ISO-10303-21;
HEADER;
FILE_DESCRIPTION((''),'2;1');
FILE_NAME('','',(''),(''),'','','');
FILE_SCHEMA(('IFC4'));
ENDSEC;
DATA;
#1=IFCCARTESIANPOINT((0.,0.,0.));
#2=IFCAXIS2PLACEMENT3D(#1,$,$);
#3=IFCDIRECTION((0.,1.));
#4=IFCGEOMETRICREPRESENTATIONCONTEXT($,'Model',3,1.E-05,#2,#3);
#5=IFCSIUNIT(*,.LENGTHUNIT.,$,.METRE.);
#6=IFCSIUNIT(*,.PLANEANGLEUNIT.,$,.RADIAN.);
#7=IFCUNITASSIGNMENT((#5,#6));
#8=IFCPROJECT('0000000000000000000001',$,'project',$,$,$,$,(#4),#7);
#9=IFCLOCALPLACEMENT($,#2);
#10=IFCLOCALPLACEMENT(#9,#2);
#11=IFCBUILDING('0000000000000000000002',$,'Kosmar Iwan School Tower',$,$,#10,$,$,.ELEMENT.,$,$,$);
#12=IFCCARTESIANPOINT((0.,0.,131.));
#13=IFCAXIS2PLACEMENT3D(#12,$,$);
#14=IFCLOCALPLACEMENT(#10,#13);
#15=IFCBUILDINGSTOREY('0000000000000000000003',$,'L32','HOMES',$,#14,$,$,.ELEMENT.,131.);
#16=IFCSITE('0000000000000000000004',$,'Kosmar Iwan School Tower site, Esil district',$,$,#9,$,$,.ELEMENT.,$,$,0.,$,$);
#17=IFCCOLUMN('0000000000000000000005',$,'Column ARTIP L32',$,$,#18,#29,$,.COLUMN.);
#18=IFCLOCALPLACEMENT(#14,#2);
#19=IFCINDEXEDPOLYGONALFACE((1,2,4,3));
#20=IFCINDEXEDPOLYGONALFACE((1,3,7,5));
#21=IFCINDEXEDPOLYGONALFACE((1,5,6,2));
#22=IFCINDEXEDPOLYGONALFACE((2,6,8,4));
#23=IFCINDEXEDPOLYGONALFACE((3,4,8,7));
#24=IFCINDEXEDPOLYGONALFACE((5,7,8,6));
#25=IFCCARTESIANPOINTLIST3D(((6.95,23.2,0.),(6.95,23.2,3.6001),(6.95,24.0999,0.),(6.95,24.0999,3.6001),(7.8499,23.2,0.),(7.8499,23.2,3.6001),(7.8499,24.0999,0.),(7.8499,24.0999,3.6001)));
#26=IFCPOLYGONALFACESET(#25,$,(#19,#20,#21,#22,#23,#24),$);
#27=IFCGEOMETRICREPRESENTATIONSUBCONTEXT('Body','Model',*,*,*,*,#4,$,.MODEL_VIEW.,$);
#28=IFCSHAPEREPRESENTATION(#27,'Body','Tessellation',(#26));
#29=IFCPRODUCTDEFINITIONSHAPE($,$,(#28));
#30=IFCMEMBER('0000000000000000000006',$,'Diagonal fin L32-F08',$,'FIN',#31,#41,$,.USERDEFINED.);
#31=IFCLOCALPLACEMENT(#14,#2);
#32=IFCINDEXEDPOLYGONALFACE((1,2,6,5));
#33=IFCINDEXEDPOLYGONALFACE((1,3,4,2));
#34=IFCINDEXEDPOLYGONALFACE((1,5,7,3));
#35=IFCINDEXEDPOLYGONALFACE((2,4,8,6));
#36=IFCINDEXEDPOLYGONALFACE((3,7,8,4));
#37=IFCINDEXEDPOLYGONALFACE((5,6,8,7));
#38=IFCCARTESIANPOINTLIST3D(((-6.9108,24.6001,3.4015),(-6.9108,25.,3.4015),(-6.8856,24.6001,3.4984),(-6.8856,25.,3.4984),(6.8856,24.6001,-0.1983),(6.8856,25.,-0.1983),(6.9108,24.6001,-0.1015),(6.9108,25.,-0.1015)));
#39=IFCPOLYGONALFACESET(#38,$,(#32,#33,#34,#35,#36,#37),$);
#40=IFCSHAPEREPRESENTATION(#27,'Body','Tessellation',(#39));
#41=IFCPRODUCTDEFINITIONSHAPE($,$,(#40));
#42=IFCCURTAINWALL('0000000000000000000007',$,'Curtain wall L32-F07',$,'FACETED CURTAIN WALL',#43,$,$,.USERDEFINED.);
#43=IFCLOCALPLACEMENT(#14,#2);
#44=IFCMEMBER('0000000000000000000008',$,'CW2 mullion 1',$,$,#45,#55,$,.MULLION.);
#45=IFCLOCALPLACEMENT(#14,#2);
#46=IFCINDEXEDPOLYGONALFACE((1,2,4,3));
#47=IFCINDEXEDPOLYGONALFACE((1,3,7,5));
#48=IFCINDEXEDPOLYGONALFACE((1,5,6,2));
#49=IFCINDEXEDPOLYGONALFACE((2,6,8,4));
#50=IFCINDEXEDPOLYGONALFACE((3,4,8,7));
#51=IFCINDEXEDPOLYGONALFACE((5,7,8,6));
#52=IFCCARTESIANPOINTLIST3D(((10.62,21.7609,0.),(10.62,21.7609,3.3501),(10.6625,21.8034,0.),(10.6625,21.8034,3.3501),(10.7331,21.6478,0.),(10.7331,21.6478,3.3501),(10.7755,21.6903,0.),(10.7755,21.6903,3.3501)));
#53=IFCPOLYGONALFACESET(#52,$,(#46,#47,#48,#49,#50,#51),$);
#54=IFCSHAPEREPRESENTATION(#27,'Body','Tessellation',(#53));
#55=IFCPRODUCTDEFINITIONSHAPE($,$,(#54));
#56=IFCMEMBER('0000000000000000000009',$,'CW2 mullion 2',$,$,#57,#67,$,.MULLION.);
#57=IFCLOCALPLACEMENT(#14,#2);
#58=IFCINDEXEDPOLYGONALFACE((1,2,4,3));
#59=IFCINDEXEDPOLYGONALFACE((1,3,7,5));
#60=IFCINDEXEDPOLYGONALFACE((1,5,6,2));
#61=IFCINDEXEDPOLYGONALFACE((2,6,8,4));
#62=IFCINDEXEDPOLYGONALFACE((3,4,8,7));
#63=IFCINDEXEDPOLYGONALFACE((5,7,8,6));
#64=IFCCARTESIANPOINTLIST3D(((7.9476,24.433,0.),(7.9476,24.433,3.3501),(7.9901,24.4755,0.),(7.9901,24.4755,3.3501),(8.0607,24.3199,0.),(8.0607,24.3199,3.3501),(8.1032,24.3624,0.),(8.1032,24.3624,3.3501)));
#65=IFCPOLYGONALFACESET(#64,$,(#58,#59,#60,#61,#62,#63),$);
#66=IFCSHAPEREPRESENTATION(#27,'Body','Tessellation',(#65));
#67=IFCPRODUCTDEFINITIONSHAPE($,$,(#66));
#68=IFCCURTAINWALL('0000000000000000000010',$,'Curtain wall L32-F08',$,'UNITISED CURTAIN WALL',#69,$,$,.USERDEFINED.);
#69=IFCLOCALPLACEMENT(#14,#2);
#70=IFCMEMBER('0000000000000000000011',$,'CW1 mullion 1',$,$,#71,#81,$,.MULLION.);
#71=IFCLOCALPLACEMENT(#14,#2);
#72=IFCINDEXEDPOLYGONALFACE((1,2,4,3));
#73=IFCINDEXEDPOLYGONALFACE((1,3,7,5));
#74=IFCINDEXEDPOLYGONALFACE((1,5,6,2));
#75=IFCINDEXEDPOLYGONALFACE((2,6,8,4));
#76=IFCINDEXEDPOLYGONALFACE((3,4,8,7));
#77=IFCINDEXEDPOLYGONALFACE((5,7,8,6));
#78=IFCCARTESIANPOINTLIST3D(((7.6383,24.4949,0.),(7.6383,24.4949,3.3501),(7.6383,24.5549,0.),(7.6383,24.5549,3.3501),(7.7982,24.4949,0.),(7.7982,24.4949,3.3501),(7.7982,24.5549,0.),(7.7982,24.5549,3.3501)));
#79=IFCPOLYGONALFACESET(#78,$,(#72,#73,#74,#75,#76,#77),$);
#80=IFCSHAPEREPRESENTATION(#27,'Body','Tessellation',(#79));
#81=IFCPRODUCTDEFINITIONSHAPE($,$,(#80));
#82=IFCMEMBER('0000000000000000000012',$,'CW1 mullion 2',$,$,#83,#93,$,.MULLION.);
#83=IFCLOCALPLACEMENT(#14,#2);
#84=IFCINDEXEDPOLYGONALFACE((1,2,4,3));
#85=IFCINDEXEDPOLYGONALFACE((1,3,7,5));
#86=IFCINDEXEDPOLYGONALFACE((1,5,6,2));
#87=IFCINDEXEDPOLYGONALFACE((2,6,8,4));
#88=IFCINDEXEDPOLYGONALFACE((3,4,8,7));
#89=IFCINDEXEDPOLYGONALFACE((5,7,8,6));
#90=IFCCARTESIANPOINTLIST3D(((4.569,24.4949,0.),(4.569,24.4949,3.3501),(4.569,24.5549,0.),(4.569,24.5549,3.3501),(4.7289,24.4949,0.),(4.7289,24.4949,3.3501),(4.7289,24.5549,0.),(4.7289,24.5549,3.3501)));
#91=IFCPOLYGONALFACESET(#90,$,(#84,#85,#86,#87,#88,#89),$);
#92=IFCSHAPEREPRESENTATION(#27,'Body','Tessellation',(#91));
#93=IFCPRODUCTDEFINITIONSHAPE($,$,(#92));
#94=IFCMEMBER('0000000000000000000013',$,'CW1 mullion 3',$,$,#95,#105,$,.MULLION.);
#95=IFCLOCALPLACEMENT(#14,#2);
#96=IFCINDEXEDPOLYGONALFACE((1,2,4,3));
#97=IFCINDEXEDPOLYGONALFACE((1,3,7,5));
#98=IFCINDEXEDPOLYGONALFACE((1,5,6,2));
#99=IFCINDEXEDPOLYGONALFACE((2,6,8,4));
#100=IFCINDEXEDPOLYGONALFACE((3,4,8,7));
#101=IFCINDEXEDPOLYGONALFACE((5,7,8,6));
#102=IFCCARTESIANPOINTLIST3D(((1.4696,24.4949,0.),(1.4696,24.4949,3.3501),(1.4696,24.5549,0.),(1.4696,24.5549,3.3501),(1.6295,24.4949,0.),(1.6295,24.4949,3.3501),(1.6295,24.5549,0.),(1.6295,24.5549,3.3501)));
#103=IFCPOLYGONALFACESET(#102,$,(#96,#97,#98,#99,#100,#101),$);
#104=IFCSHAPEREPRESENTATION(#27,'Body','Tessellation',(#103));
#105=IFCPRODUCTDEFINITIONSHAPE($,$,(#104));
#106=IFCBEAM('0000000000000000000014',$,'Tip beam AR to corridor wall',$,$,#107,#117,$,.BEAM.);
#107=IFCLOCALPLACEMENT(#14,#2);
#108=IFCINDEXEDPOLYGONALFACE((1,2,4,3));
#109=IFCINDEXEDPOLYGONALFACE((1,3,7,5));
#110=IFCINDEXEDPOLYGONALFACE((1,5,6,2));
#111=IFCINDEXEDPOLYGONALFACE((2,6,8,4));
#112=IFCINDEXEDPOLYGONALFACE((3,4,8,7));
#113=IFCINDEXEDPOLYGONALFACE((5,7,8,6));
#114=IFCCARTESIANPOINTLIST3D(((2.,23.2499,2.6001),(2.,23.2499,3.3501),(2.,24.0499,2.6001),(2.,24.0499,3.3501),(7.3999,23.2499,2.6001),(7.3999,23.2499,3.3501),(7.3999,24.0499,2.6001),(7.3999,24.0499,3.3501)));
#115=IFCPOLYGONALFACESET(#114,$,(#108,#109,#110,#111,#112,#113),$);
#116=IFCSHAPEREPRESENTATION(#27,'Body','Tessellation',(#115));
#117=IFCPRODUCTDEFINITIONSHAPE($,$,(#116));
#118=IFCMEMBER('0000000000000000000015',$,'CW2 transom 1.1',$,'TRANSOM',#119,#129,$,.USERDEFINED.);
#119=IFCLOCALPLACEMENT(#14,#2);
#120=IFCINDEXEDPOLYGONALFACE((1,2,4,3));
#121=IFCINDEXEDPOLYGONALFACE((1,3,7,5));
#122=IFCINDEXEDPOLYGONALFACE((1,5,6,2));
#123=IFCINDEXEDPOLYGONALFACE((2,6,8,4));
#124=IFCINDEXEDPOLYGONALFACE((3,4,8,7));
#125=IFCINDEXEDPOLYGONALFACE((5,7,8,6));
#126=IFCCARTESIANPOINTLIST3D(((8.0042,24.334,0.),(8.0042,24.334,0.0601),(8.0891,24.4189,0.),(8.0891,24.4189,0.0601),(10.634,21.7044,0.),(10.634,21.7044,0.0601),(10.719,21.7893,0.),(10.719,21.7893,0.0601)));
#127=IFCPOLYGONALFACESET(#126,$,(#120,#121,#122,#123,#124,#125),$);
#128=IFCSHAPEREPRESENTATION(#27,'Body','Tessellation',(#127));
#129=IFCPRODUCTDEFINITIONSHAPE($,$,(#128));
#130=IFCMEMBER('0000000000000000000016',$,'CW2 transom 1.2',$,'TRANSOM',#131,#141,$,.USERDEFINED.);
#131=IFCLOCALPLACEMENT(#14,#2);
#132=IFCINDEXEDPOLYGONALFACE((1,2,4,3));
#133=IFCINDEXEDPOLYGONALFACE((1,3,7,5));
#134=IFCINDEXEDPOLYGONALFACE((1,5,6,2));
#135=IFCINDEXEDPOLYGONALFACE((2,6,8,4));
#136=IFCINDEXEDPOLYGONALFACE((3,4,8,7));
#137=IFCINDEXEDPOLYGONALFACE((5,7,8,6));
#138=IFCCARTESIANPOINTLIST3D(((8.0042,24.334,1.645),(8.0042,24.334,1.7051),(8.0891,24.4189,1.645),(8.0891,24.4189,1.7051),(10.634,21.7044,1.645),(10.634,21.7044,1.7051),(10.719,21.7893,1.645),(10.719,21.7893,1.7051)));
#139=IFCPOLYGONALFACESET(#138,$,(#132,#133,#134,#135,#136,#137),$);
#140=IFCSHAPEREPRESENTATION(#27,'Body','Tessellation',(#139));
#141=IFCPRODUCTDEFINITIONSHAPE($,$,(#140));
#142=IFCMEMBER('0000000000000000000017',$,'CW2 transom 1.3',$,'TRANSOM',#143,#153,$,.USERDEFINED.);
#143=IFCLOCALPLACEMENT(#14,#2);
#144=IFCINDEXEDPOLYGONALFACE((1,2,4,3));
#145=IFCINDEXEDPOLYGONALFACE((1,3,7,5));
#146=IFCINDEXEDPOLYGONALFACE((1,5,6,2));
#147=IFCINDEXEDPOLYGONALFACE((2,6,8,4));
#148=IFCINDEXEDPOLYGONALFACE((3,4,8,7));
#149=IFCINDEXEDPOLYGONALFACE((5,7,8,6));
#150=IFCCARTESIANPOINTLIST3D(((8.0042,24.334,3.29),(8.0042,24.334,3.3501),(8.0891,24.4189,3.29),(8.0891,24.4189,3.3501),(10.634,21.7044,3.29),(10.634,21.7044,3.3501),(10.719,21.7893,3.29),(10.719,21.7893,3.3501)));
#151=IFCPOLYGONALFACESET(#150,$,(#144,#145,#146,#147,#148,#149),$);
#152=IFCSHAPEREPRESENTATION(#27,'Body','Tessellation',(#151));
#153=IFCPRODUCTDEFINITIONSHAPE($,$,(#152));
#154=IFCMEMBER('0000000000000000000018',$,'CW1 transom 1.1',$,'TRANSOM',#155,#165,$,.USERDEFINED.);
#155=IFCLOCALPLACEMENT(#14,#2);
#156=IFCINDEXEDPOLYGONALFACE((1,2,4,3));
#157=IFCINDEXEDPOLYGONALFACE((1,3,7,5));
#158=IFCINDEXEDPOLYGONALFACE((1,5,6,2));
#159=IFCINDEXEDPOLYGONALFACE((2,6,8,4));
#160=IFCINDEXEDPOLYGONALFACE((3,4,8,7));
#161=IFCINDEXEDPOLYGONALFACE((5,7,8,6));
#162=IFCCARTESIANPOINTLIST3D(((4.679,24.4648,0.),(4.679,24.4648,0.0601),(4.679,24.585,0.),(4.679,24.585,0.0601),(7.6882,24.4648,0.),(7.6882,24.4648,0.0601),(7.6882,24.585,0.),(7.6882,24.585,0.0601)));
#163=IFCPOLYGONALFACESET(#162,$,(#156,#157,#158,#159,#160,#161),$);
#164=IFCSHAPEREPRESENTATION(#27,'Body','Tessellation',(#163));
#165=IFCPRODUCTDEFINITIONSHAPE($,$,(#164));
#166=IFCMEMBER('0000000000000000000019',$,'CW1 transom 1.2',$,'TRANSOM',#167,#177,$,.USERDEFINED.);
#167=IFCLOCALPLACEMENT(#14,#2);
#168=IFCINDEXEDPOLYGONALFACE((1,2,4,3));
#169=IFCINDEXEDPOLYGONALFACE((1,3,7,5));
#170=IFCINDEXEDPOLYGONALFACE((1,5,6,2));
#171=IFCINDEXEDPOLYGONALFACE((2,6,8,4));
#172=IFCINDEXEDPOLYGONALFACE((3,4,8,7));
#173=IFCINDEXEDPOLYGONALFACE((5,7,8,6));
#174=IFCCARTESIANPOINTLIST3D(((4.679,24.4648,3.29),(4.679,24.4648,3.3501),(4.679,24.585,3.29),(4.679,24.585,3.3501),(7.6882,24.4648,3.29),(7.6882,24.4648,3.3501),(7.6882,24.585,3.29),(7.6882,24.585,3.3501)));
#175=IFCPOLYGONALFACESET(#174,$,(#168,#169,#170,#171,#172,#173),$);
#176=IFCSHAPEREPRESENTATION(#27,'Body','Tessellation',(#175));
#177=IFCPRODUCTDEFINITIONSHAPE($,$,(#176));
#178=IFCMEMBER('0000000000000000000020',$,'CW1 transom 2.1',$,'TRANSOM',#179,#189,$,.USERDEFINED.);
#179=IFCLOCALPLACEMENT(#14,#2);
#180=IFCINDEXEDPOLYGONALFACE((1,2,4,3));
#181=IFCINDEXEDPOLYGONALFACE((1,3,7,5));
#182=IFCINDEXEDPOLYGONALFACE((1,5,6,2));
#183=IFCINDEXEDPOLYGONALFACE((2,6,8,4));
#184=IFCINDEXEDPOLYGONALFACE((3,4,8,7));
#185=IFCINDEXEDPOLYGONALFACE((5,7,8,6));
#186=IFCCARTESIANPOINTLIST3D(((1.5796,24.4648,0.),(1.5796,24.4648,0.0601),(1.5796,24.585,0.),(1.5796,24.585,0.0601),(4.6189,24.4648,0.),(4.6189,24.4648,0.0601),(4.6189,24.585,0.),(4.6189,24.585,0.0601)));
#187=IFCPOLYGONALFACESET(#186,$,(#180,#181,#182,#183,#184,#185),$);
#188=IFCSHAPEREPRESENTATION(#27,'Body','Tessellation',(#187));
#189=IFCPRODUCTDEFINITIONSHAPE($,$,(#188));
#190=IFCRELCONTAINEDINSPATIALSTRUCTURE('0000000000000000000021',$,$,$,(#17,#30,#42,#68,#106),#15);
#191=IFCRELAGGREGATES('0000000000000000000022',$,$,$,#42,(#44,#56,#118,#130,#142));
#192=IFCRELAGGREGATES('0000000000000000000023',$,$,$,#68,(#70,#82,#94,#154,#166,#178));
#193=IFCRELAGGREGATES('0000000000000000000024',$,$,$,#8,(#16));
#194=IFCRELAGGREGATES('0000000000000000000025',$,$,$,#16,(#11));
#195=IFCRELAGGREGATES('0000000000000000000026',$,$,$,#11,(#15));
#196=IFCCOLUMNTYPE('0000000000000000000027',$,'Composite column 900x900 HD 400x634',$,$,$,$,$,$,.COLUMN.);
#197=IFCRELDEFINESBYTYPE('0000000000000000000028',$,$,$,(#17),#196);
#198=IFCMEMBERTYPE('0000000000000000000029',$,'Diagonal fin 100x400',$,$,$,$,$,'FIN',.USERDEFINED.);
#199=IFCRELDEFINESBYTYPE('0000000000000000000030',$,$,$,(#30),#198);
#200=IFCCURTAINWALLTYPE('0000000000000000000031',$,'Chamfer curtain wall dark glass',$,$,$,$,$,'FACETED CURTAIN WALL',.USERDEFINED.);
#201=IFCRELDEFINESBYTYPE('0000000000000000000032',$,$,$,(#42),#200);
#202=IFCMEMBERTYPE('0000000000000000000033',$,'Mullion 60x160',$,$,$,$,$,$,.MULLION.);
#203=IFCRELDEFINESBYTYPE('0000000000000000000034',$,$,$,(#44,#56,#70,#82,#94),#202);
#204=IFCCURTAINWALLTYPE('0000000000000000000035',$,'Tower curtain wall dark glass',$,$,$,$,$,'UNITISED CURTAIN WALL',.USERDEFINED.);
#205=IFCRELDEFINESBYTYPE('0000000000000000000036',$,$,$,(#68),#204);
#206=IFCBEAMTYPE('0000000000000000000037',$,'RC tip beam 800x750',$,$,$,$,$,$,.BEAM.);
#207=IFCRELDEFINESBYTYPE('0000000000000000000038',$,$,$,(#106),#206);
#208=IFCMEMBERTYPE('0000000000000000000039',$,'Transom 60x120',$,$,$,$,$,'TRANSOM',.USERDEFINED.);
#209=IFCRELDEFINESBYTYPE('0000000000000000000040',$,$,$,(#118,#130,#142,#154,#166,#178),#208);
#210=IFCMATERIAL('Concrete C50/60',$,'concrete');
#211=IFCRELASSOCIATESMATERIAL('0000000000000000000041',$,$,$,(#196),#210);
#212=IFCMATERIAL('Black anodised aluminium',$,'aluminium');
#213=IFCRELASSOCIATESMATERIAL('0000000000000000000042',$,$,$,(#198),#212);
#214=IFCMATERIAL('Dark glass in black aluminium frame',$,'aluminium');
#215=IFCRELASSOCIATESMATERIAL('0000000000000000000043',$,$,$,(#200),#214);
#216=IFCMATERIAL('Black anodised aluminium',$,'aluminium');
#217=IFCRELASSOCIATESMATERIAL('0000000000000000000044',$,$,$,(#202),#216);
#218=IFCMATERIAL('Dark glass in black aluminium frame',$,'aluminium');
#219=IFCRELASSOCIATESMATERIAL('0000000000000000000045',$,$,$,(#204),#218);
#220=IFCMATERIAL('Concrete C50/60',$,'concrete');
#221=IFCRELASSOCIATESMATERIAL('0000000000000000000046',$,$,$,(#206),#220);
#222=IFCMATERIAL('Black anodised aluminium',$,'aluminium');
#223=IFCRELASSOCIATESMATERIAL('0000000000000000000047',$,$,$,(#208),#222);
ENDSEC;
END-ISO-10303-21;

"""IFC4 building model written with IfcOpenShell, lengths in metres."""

from ifc_helpers import new_model, si_unit, direction, frame, origin, origin_2d, place, context, subcontext, project, spatial, rectangle, extrude, material, material_profile, profile_set, type_object, element, aggregate, save


model = new_model("IFC4")

# Units and contexts
model_context = context("Model", 3, precision=1e-05, world=origin(), true_north=direction((0.0, 1.0)))
body_context = subcontext(model_context, "Body", "Model", "MODEL_VIEW")
ifc_project = project(units=[si_unit("LENGTHUNIT", "METRE"), si_unit("PLANEANGLEUNIT", "RADIAN")], contexts=[model_context])

# Site, building, storey
site_placement = place(None, origin())
site = spatial("IfcSite", under=ifc_project, at=site_placement, Name="Kosmar Iwan School Tower site, Esil district", CompositionType="ELEMENT", RefElevation=0.0)
building_placement = place(site_placement, origin())
building = spatial("IfcBuilding", under=site, at=building_placement, Name="Kosmar Iwan School Tower", CompositionType="ELEMENT")
storey_placement = place(building_placement, frame((0.0, 0.0, 131.0)))
storey = spatial("IfcBuildingStorey", under=building, at=storey_placement, Name="L32", Description="HOMES", CompositionType="ELEMENT", Elevation=131.0)

# Column
ifc_material_1 = material(Name="Concrete C50/60", Category="concrete")
ifc_material_profile_1 = material_profile(ifc_material_1, rectangle(XDim=0.8999, YDim=0.8999, at=origin_2d()), Name="RC 900x900 + HD 400x634")
ifc_profile_set_1 = profile_set([ifc_material_profile_1], Name="Concrete C50/60")
column_type = type_object("IfcColumnType", Name="Composite column 900x900 HD 400x634", PredefinedType="COLUMN", material=ifc_profile_set_1)
column_placement = place(storey_placement, frame((7.3999, 23.6499, 0.0), z_axis=(0.0, 0.0, 1.0), x_axis=(0.0, 1.0, 0.0)))
element("IfcColumn", 1, at=column_placement, inside=storey, type_object=column_type, Name="Column ARTIP L32", PredefinedType="COLUMN", context=body_context, shape_type="SweptSolid", body=[
    extrude(rectangle(XDim=0.8999, YDim=0.8999, at=origin_2d()), origin(), (0.0, 0.0, 1.0), 3.6001),
])

# Member
ifc_material_2 = material(Name="Black anodised aluminium", Category="aluminium")
ifc_material_profile_2 = material_profile(ifc_material_2, rectangle(XDim=0.1001, YDim=0.3999, at=origin_2d()), Name="FIN 100x400")
ifc_profile_set_2 = profile_set([ifc_material_profile_2], Name="Black anodised aluminium")
member_type_1 = type_object("IfcMemberType", Name="Diagonal fin 100x400", ElementType="FIN", PredefinedType="USERDEFINED", material=ifc_profile_set_2)
member_1_placement = place(storey_placement, frame((6.8982, 24.8, -0.1499), z_axis=(-0.967604, 0.0, 0.252474), x_axis=(0.252474, 0.0, 0.967604)))
element("IfcMember", 2, at=member_1_placement, inside=storey, type_object=member_type_1, Name="Diagonal fin L32-F08", ObjectType="FIN", PredefinedType="USERDEFINED", context=body_context, shape_type="SweptSolid", body=[
    extrude(rectangle(XDim=0.1001, YDim=0.3999, at=origin_2d()), origin(), (0.0, 0.0, 1.0), 14.2583),
])

# Curtain walls, members
ifc_material_3 = material(Name="Dark glass in black aluminium frame", Category="aluminium")
curtain_wall_type_1 = type_object("IfcCurtainWallType", Name="Chamfer curtain wall dark glass", ElementType="FACETED CURTAIN WALL", PredefinedType="USERDEFINED", material=ifc_material_3)
curtain_wall_1_placement = place(storey_placement, origin())
curtain_wall_1 = element("IfcCurtainWall", 3, at=curtain_wall_1_placement, inside=storey, type_object=curtain_wall_type_1, Name="Curtain wall L32-F07", ObjectType="FACETED CURTAIN WALL", PredefinedType="USERDEFINED")
ifc_material_4 = material(Name="Black anodised aluminium", Category="aluminium")
ifc_material_profile_3 = material_profile(ifc_material_4, rectangle(XDim=0.0601, YDim=0.1599, at=origin_2d()), Name="MULLION 60x160")
ifc_profile_set_3 = profile_set([ifc_material_profile_3], Name="Black anodised aluminium")
member_type_2 = type_object("IfcMemberType", Name="Mullion 60x160", PredefinedType="MULLION", material=ifc_profile_set_3)
member_2_placement = place(storey_placement, frame((10.6978, 21.7256, 0.0), z_axis=(0.0, 0.0, 1.0), x_axis=(-0.707107, -0.707107, 0.0)))
member_2 = element("IfcMember", 4, at=member_2_placement, type_object=member_type_2, Name="CW2 mullion 1", PredefinedType="MULLION", context=body_context, shape_type="SweptSolid", body=[
    extrude(rectangle(XDim=0.0601, YDim=0.1599, at=origin_2d()), origin(), (0.0, 0.0, 1.0), 3.3501),
])
member_3_placement = place(storey_placement, frame((8.0254, 24.3977, 0.0), z_axis=(0.0, 0.0, 1.0), x_axis=(-0.707107, -0.707107, 0.0)))
member_3 = element("IfcMember", 5, at=member_3_placement, type_object=member_type_2, Name="CW2 mullion 2", PredefinedType="MULLION", context=body_context, shape_type="SweptSolid", body=[
    extrude(rectangle(XDim=0.0601, YDim=0.1599, at=origin_2d()), origin(), (0.0, 0.0, 1.0), 3.3501),
])
ifc_material_5 = material(Name="Dark glass in black aluminium frame", Category="aluminium")
curtain_wall_type_2 = type_object("IfcCurtainWallType", Name="Tower curtain wall dark glass", ElementType="UNITISED CURTAIN WALL", PredefinedType="USERDEFINED", material=ifc_material_5)
curtain_wall_2_placement = place(storey_placement, origin())
curtain_wall_2 = element("IfcCurtainWall", 6, at=curtain_wall_2_placement, inside=storey, type_object=curtain_wall_type_2, Name="Curtain wall L32-F08", ObjectType="UNITISED CURTAIN WALL", PredefinedType="USERDEFINED")
member_4_placement = place(storey_placement, frame((7.7183, 24.5249, 0.0), z_axis=(0.0, 0.0, 1.0), x_axis=(0.0, -1.0, 0.0)))
member_4 = element("IfcMember", 7, at=member_4_placement, type_object=member_type_2, Name="CW1 mullion 1", PredefinedType="MULLION", context=body_context, shape_type="SweptSolid", body=[
    extrude(rectangle(XDim=0.0601, YDim=0.1599, at=origin_2d()), origin(), (0.0, 0.0, 1.0), 3.3501),
])
member_5_placement = place(storey_placement, frame((4.6489, 24.5249, 0.0), z_axis=(0.0, 0.0, 1.0), x_axis=(0.0, -1.0, 0.0)))
member_5 = element("IfcMember", 8, at=member_5_placement, type_object=member_type_2, Name="CW1 mullion 2", PredefinedType="MULLION", context=body_context, shape_type="SweptSolid", body=[
    extrude(rectangle(XDim=0.0601, YDim=0.1599, at=origin_2d()), origin(), (0.0, 0.0, 1.0), 3.3501),
])
member_6_placement = place(storey_placement, frame((1.5496, 24.5249, 0.0), z_axis=(0.0, 0.0, 1.0), x_axis=(0.0, -1.0, 0.0)))
member_6 = element("IfcMember", 9, at=member_6_placement, type_object=member_type_2, Name="CW1 mullion 3", PredefinedType="MULLION", context=body_context, shape_type="SweptSolid", body=[
    extrude(rectangle(XDim=0.0601, YDim=0.1599, at=origin_2d()), origin(), (0.0, 0.0, 1.0), 3.3501),
])

# Beam
ifc_material_6 = material(Name="Concrete C50/60", Category="concrete")
ifc_material_profile_4 = material_profile(ifc_material_6, rectangle(XDim=0.8, YDim=0.75, at=origin_2d()), Name="RC 800x750")
ifc_profile_set_4 = profile_set([ifc_material_profile_4], Name="Concrete C50/60")
beam_type = type_object("IfcBeamType", Name="RC tip beam 800x750", PredefinedType="BEAM", material=ifc_profile_set_4)
beam_placement = place(storey_placement, frame((7.3999, 23.6499, 2.9751), z_axis=(-1.0, 0.0, 0.0), x_axis=(0.0, -1.0, 0.0)))
element("IfcBeam", 10, at=beam_placement, inside=storey, type_object=beam_type, Name="Tip beam AR to corridor wall", PredefinedType="BEAM", context=body_context, shape_type="SweptSolid", body=[
    extrude(rectangle(XDim=0.8, YDim=0.75, at=origin_2d()), origin(), (0.0, 0.0, 1.0), 5.3999),
])

# Members
ifc_material_7 = material(Name="Black anodised aluminium", Category="aluminium")
ifc_material_profile_5 = material_profile(ifc_material_7, rectangle(XDim=0.1201, YDim=0.0601, at=origin_2d()), Name="TRANSOM 60x120")
ifc_profile_set_5 = profile_set([ifc_material_profile_5], Name="Black anodised aluminium")
member_type_3 = type_object("IfcMemberType", Name="Transom 60x120", ElementType="TRANSOM", PredefinedType="USERDEFINED", material=ifc_profile_set_5)
member_7_placement = place(storey_placement, frame((10.6765, 21.7468, 0.03), z_axis=(-0.70714, 0.707074, 0.0), x_axis=(-0.707074, -0.70714, 0.0)))
member_7 = element("IfcMember", 11, at=member_7_placement, type_object=member_type_3, Name="CW2 transom 1.1", ObjectType="TRANSOM", PredefinedType="USERDEFINED", context=body_context, shape_type="SweptSolid", body=[
    extrude(rectangle(XDim=0.1201, YDim=0.0601, at=origin_2d()), origin(), (0.0, 0.0, 1.0), 3.719),
])
member_8_placement = place(storey_placement, frame((10.6765, 21.7468, 1.675), z_axis=(-0.70714, 0.707074, 0.0), x_axis=(-0.707074, -0.70714, 0.0)))
member_8 = element("IfcMember", 12, at=member_8_placement, type_object=member_type_3, Name="CW2 transom 1.2", ObjectType="TRANSOM", PredefinedType="USERDEFINED", context=body_context, shape_type="SweptSolid", body=[
    extrude(rectangle(XDim=0.1201, YDim=0.0601, at=origin_2d()), origin(), (0.0, 0.0, 1.0), 3.719),
])
member_9_placement = place(storey_placement, frame((10.6765, 21.7468, 3.3201), z_axis=(-0.70714, 0.707074, 0.0), x_axis=(-0.707074, -0.70714, 0.0)))
member_9 = element("IfcMember", 13, at=member_9_placement, type_object=member_type_3, Name="CW2 transom 1.3", ObjectType="TRANSOM", PredefinedType="USERDEFINED", context=body_context, shape_type="SweptSolid", body=[
    extrude(rectangle(XDim=0.1201, YDim=0.0601, at=origin_2d()), origin(), (0.0, 0.0, 1.0), 3.719),
])
member_10_placement = place(storey_placement, frame((7.6882, 24.5249, 0.03), z_axis=(-1.0, 0.0, 0.0), x_axis=(0.0, -1.0, 0.0)))
member_10 = element("IfcMember", 14, at=member_10_placement, type_object=member_type_3, Name="CW1 transom 1.1", ObjectType="TRANSOM", PredefinedType="USERDEFINED", context=body_context, shape_type="SweptSolid", body=[
    extrude(rectangle(XDim=0.1201, YDim=0.0601, at=origin_2d()), origin(), (0.0, 0.0, 1.0), 3.0093),
])
member_11_placement = place(storey_placement, frame((7.6882, 24.5249, 3.3201), z_axis=(-1.0, 0.0, 0.0), x_axis=(0.0, -1.0, 0.0)))
member_11 = element("IfcMember", 15, at=member_11_placement, type_object=member_type_3, Name="CW1 transom 1.2", ObjectType="TRANSOM", PredefinedType="USERDEFINED", context=body_context, shape_type="SweptSolid", body=[
    extrude(rectangle(XDim=0.1201, YDim=0.0601, at=origin_2d()), origin(), (0.0, 0.0, 1.0), 3.0093),
])
member_12_placement = place(storey_placement, frame((4.6189, 24.5249, 0.03), z_axis=(-1.0, 0.0, 0.0), x_axis=(0.0, -1.0, 0.0)))
member_12 = element("IfcMember", 16, at=member_12_placement, type_object=member_type_3, Name="CW1 transom 2.1", ObjectType="TRANSOM", PredefinedType="USERDEFINED", context=body_context, shape_type="SweptSolid", body=[
    extrude(rectangle(XDim=0.1201, YDim=0.0601, at=origin_2d()), origin(), (0.0, 0.0, 1.0), 3.0393),
])

aggregate(curtain_wall_1, [member_2, member_3, member_7, member_8, member_9])
aggregate(curtain_wall_2, [member_4, member_5, member_6, member_10, member_11, member_12])

save(model, "model.ifc")
